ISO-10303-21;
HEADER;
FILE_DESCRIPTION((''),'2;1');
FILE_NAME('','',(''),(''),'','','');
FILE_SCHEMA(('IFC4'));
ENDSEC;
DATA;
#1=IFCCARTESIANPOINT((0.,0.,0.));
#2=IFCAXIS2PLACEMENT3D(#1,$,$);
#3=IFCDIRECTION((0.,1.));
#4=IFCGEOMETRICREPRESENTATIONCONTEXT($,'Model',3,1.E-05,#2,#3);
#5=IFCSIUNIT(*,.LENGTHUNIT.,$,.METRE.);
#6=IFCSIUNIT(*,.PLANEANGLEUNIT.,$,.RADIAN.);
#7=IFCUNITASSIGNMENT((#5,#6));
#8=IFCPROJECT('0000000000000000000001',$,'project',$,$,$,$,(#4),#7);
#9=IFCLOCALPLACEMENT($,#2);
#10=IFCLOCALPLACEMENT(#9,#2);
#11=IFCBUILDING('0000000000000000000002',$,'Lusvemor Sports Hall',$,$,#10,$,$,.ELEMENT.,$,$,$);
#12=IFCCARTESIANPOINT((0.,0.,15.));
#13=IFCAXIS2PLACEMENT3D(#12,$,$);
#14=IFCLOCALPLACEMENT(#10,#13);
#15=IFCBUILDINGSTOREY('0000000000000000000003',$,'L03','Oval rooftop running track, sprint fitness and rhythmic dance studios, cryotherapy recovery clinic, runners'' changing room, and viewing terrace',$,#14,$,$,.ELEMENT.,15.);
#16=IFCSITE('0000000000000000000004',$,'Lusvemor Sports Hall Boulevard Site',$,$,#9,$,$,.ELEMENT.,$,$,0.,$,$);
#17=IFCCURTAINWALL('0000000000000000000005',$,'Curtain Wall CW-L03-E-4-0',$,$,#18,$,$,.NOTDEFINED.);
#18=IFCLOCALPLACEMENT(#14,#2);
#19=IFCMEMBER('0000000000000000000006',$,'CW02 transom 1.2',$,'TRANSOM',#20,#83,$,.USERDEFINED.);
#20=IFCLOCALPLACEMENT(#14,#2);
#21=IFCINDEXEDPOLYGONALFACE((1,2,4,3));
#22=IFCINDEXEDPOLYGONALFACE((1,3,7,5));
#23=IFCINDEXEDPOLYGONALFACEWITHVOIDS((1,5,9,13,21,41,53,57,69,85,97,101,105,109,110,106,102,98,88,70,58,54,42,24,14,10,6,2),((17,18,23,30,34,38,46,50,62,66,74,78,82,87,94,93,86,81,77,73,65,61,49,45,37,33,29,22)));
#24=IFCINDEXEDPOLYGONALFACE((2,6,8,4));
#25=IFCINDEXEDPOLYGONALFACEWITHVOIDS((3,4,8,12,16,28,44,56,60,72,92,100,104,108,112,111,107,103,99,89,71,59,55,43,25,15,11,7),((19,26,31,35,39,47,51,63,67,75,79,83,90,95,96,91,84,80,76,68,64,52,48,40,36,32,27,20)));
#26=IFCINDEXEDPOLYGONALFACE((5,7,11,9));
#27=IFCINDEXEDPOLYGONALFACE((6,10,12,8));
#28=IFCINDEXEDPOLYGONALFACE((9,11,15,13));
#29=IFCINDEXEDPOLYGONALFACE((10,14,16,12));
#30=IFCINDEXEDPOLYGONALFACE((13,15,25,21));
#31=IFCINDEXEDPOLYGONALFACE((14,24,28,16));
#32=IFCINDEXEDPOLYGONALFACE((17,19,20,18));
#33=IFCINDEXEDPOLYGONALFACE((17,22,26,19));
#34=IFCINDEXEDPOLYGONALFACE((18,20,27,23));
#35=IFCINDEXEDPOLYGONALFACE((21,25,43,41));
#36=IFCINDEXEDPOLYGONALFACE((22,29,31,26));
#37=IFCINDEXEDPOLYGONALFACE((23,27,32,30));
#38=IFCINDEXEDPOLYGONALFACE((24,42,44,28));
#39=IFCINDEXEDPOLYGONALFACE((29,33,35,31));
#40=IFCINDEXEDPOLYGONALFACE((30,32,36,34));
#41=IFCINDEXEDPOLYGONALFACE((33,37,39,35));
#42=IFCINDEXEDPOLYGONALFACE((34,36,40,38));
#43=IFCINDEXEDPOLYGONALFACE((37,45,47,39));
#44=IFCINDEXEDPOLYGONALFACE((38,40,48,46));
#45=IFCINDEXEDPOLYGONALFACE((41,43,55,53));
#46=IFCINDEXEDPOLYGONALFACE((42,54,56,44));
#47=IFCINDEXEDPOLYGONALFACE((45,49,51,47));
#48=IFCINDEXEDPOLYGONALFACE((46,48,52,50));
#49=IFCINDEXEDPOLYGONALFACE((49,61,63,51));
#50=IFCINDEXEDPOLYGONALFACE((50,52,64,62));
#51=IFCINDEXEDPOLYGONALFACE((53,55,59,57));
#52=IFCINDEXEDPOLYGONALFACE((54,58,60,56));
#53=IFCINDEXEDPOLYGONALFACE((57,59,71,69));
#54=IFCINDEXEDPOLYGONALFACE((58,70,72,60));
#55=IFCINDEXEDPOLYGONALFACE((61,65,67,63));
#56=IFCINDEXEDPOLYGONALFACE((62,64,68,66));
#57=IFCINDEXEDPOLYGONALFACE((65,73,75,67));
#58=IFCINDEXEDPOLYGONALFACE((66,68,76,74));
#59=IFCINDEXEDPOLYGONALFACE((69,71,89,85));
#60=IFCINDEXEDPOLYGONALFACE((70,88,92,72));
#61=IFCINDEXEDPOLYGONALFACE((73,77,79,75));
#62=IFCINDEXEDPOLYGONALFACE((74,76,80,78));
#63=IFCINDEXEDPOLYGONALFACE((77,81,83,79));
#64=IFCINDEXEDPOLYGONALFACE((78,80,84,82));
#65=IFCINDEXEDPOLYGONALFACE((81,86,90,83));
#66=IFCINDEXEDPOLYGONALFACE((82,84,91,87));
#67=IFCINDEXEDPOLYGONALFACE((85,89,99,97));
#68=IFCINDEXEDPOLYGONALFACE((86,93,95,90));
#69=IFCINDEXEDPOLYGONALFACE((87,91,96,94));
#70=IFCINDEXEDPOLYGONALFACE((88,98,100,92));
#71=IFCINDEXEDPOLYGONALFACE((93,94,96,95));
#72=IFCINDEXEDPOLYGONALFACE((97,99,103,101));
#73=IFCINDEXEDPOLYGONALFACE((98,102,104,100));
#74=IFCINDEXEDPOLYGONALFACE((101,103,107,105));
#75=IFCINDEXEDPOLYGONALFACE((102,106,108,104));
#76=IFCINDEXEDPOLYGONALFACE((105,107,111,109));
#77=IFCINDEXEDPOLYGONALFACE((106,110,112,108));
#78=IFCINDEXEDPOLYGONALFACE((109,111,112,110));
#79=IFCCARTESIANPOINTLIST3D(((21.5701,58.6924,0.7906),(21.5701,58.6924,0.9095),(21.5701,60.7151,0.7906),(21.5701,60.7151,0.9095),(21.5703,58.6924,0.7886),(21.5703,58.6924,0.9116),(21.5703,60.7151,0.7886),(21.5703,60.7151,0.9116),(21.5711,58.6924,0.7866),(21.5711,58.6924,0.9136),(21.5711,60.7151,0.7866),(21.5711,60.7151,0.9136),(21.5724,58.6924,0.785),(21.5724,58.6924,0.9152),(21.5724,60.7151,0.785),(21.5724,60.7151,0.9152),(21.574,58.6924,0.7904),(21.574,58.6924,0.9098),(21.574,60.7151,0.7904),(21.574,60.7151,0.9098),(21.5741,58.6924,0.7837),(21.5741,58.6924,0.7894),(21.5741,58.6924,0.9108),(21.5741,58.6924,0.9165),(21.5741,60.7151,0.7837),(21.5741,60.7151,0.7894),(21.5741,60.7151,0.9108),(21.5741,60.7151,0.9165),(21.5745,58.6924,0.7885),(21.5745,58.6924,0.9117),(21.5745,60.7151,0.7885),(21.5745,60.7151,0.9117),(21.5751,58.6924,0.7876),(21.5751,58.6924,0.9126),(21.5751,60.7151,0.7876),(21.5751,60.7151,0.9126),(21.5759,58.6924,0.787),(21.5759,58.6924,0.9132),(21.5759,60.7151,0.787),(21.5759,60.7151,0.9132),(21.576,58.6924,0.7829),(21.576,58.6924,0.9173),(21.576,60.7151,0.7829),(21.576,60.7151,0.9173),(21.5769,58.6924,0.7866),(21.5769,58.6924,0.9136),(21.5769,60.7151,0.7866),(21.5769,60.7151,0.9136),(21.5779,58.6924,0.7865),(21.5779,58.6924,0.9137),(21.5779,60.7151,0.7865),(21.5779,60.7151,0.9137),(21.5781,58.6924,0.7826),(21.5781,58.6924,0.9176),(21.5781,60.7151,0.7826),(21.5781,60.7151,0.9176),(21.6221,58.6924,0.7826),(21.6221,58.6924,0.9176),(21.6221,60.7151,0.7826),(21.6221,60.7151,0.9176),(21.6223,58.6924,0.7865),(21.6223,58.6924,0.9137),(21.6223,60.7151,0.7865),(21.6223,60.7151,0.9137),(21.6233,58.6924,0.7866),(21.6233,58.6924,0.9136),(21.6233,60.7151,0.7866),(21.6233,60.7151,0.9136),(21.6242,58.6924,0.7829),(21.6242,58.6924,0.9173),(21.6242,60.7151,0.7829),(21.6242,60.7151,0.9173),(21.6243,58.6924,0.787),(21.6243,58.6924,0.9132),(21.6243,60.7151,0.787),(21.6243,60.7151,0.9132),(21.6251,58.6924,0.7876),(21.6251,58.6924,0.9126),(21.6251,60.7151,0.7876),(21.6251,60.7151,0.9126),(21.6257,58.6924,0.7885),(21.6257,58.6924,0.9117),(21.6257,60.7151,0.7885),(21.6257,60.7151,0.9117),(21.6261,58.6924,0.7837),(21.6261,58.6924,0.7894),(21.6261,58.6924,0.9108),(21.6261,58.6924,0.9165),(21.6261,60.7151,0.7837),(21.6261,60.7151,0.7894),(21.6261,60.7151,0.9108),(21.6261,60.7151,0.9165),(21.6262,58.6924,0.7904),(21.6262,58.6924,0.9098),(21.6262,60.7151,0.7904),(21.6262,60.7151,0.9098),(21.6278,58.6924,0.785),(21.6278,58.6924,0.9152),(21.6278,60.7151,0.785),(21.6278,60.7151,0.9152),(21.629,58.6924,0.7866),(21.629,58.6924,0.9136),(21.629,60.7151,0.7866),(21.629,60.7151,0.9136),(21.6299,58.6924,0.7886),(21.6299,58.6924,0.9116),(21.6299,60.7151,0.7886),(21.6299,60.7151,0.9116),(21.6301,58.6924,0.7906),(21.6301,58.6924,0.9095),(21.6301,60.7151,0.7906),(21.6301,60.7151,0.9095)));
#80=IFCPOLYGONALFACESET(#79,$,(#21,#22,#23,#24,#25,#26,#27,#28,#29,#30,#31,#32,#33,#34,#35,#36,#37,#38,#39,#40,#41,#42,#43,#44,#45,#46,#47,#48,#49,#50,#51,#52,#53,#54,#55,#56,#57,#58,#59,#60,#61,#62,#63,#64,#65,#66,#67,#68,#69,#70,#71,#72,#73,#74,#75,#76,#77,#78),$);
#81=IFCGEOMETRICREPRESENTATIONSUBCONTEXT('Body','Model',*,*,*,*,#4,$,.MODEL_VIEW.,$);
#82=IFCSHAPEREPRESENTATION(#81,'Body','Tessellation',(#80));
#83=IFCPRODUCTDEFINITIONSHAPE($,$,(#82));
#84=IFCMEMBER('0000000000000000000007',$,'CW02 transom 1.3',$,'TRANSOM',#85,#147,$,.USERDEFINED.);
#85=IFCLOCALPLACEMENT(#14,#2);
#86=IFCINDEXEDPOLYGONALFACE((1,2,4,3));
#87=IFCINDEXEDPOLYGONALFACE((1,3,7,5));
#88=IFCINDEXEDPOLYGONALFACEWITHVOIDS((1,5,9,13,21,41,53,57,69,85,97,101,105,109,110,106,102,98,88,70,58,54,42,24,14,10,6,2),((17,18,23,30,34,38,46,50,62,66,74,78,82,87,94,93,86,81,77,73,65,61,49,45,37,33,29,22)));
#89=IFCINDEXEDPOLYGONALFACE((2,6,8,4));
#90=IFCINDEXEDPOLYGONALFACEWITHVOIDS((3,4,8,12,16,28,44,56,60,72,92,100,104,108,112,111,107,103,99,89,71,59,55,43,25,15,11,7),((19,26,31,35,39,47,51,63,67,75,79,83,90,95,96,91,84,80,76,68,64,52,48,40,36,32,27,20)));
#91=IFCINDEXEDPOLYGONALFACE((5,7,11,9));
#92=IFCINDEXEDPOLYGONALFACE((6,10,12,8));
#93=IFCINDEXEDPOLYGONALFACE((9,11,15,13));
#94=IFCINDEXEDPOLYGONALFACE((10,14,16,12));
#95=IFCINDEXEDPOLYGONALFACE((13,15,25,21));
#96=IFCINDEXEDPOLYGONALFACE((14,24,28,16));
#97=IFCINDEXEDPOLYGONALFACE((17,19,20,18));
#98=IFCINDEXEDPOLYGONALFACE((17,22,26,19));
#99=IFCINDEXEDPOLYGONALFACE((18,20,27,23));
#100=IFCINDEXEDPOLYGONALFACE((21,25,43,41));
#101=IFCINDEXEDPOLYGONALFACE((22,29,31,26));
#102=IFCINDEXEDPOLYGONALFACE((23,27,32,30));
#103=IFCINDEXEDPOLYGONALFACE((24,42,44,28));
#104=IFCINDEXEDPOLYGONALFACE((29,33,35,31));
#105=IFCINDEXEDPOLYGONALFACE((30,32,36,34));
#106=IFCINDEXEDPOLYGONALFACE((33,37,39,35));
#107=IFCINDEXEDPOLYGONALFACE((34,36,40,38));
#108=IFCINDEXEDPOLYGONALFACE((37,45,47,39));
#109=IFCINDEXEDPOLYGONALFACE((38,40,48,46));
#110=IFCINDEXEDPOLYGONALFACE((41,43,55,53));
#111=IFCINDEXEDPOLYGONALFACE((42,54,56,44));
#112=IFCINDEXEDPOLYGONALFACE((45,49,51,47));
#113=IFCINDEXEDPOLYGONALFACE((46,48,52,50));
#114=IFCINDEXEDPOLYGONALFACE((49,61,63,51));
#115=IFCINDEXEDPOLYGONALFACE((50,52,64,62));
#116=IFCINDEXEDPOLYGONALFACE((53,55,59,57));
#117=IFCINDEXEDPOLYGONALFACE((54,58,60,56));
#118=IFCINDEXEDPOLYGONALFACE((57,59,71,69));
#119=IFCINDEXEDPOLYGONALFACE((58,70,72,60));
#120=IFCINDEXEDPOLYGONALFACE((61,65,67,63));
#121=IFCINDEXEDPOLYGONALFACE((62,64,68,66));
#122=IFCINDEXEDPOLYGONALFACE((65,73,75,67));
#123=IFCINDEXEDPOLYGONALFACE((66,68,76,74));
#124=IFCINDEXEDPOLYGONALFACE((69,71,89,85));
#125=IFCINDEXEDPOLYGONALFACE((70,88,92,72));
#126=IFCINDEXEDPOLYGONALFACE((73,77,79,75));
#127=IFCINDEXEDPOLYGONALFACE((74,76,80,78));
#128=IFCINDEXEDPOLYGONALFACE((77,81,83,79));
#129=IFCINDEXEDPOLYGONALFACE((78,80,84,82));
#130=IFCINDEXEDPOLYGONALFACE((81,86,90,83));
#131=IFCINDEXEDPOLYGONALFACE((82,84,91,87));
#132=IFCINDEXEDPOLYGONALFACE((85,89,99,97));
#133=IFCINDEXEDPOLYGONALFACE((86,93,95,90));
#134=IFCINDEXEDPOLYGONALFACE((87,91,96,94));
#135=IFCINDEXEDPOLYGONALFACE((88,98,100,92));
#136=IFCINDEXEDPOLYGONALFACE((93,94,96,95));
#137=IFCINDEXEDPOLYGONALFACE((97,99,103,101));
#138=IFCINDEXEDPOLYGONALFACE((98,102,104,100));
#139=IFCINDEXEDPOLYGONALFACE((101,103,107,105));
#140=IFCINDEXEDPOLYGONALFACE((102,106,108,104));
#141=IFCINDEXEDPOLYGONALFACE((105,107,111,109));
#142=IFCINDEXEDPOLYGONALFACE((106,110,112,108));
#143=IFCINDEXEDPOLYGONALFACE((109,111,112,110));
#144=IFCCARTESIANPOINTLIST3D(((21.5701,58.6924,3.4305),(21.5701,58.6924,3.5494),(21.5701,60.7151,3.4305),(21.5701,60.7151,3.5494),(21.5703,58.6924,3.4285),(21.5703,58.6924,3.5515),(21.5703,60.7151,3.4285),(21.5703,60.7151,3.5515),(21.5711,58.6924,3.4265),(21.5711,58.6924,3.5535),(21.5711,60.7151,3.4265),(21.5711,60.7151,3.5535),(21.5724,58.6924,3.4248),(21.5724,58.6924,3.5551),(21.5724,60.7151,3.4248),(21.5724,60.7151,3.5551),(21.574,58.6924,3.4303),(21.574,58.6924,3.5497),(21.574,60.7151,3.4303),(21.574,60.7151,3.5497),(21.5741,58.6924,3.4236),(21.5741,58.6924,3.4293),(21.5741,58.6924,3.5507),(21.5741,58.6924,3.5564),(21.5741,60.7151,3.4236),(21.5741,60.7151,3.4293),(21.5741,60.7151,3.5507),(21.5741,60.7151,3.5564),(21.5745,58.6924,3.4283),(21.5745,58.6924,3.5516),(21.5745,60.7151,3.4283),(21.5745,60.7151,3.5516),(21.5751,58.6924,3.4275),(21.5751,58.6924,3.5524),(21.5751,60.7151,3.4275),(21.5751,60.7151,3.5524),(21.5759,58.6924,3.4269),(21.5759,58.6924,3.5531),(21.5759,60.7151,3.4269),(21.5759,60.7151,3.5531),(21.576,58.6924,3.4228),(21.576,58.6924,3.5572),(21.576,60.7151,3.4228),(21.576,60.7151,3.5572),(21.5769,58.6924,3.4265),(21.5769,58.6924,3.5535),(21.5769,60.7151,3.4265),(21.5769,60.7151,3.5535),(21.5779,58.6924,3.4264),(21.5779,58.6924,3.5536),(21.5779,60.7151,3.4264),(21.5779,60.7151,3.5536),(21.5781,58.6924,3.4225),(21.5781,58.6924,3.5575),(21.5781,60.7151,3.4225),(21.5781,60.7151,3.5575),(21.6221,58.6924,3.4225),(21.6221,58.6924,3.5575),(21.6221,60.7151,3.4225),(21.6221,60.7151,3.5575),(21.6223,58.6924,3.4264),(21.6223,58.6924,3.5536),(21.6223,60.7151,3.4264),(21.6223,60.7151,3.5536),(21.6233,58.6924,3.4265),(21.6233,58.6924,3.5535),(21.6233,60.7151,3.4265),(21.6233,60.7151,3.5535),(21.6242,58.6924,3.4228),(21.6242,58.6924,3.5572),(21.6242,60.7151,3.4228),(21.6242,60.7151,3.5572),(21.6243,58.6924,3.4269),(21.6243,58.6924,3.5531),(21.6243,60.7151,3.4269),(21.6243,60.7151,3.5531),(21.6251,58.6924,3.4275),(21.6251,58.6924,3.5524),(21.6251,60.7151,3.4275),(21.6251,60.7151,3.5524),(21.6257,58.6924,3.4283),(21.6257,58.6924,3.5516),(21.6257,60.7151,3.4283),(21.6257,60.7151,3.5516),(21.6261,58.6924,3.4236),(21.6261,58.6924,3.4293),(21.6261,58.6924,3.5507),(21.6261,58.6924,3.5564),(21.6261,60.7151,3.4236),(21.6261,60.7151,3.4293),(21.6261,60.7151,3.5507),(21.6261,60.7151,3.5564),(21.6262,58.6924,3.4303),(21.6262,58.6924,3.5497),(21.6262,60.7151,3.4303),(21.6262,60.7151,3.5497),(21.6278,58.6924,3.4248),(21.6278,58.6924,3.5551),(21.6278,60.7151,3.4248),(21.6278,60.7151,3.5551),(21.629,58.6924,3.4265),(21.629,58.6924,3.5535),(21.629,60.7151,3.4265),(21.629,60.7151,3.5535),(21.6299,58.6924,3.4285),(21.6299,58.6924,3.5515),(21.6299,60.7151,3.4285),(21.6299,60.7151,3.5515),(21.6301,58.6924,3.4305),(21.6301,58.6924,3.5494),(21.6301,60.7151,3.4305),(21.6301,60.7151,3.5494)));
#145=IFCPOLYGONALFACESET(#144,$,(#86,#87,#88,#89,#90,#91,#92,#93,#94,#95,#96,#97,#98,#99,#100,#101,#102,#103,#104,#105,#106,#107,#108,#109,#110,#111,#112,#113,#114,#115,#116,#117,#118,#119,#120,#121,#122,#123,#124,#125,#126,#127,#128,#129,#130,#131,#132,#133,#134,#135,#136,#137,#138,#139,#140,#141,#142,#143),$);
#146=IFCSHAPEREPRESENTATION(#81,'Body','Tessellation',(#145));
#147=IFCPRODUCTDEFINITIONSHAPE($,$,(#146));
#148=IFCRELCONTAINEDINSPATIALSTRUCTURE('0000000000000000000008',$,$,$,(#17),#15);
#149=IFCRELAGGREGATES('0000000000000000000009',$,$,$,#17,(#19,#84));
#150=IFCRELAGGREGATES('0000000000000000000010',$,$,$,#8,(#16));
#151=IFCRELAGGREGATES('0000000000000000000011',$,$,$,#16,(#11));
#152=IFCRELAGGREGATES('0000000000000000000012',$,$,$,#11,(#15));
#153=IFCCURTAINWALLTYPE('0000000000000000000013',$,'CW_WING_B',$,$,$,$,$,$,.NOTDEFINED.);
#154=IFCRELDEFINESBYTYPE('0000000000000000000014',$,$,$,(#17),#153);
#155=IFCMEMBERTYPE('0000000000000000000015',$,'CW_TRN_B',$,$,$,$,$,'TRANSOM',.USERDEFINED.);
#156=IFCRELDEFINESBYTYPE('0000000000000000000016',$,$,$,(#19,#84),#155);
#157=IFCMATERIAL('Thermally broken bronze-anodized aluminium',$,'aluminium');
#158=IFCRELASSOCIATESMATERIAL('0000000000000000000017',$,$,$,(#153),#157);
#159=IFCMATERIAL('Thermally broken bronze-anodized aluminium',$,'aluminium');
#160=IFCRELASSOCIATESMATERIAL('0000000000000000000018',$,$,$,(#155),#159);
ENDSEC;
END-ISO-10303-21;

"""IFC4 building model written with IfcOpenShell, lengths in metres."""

from ifc_helpers import new_model, si_unit, direction, frame, origin, origin_2d, place, context, subcontext, project, spatial, hollow_rectangle, extrude, material, material_profile, profile_set, type_object, element, aggregate, save


model = new_model("IFC4")

# Units and contexts
model_context = context("Model", 3, precision=1e-05, world=origin(), true_north=direction((0.0, 1.0)))
body_context = subcontext(model_context, "Body", "Model", "MODEL_VIEW")
ifc_project = project(units=[si_unit("LENGTHUNIT", "METRE"), si_unit("PLANEANGLEUNIT", "RADIAN")], contexts=[model_context])

# Site, building, storey
site_placement = place(None, origin())
site = spatial("IfcSite", under=ifc_project, at=site_placement, Name="Lusvemor Sports Hall Boulevard Site", CompositionType="ELEMENT", RefElevation=0.0)
building_placement = place(site_placement, origin())
building = spatial("IfcBuilding", under=site, at=building_placement, Name="Lusvemor Sports Hall", CompositionType="ELEMENT")
storey_placement = place(building_placement, frame((0.0, 0.0, 15.0)))
storey = spatial("IfcBuildingStorey", under=building, at=storey_placement, Name="L03", Description="Oval rooftop running track, sprint fitness and rhythmic dance studios, cryotherapy recovery clinic, runners' changing room, and viewing terrace", CompositionType="ELEMENT", Elevation=15.0)

# Curtain wall
ifc_material_1 = material(Name="Thermally broken bronze-anodized aluminium", Category="aluminium")
curtain_wall_type = type_object("IfcCurtainWallType", Name="CW_WING_B", PredefinedType="NOTDEFINED", material=ifc_material_1)
curtain_wall_1_placement = place(storey_placement, origin())
curtain_wall_1 = element("IfcCurtainWall", 1, at=curtain_wall_1_placement, inside=storey, type_object=curtain_wall_type, Name="Curtain Wall CW-L03-E-4-0", PredefinedType="NOTDEFINED")

# Members
ifc_material_2 = material(Name="Thermally broken bronze-anodized aluminium", Category="aluminium")
ifc_material_profile_1 = material_profile(ifc_material_2, hollow_rectangle(XDim=0.0601, YDim=0.135, WallThickness=0.0039, InnerFilletRadius=0.0039, OuterFilletRadius=0.0081, at=origin_2d()), Name="CWTRN135x60x4")
ifc_profile_set_1 = profile_set([ifc_material_profile_1], Name="Thermally broken bronze-anodized aluminium")
member_type_1 = type_object("IfcMemberType", Name="CW_TRN_B", ElementType="TRANSOM", PredefinedType="USERDEFINED", material=ifc_profile_set_1)
member_1_placement = place(storey_placement, frame((21.6001, 60.7151, 0.8501), z_axis=(0.0, -1.0, 0.0), x_axis=(1.0, 0.0, 0.0)))
member_1 = element("IfcMember", 2, at=member_1_placement, type_object=member_type_1, Name="CW02 transom 1.2", ObjectType="TRANSOM", PredefinedType="USERDEFINED", context=body_context, shape_type="SweptSolid", body=[
    extrude(hollow_rectangle(XDim=0.0601, YDim=0.135, WallThickness=0.0039, InnerFilletRadius=0.0039, OuterFilletRadius=0.0081, at=origin_2d()), origin(), (0.0, 0.0, 1.0), 2.0227),
])
member_2_placement = place(storey_placement, frame((21.6001, 60.7151, 3.49), z_axis=(0.0, -1.0, 0.0), x_axis=(1.0, 0.0, 0.0)))
member_2 = element("IfcMember", 3, at=member_2_placement, type_object=member_type_1, Name="CW02 transom 1.3", ObjectType="TRANSOM", PredefinedType="USERDEFINED", context=body_context, shape_type="SweptSolid", body=[
    extrude(hollow_rectangle(XDim=0.0601, YDim=0.135, WallThickness=0.0039, InnerFilletRadius=0.0039, OuterFilletRadius=0.0081, at=origin_2d()), origin(), (0.0, 0.0, 1.0), 2.0227),
])
aggregate(curtain_wall_1, [member_1, member_2])

save(model, "model.ifc")
